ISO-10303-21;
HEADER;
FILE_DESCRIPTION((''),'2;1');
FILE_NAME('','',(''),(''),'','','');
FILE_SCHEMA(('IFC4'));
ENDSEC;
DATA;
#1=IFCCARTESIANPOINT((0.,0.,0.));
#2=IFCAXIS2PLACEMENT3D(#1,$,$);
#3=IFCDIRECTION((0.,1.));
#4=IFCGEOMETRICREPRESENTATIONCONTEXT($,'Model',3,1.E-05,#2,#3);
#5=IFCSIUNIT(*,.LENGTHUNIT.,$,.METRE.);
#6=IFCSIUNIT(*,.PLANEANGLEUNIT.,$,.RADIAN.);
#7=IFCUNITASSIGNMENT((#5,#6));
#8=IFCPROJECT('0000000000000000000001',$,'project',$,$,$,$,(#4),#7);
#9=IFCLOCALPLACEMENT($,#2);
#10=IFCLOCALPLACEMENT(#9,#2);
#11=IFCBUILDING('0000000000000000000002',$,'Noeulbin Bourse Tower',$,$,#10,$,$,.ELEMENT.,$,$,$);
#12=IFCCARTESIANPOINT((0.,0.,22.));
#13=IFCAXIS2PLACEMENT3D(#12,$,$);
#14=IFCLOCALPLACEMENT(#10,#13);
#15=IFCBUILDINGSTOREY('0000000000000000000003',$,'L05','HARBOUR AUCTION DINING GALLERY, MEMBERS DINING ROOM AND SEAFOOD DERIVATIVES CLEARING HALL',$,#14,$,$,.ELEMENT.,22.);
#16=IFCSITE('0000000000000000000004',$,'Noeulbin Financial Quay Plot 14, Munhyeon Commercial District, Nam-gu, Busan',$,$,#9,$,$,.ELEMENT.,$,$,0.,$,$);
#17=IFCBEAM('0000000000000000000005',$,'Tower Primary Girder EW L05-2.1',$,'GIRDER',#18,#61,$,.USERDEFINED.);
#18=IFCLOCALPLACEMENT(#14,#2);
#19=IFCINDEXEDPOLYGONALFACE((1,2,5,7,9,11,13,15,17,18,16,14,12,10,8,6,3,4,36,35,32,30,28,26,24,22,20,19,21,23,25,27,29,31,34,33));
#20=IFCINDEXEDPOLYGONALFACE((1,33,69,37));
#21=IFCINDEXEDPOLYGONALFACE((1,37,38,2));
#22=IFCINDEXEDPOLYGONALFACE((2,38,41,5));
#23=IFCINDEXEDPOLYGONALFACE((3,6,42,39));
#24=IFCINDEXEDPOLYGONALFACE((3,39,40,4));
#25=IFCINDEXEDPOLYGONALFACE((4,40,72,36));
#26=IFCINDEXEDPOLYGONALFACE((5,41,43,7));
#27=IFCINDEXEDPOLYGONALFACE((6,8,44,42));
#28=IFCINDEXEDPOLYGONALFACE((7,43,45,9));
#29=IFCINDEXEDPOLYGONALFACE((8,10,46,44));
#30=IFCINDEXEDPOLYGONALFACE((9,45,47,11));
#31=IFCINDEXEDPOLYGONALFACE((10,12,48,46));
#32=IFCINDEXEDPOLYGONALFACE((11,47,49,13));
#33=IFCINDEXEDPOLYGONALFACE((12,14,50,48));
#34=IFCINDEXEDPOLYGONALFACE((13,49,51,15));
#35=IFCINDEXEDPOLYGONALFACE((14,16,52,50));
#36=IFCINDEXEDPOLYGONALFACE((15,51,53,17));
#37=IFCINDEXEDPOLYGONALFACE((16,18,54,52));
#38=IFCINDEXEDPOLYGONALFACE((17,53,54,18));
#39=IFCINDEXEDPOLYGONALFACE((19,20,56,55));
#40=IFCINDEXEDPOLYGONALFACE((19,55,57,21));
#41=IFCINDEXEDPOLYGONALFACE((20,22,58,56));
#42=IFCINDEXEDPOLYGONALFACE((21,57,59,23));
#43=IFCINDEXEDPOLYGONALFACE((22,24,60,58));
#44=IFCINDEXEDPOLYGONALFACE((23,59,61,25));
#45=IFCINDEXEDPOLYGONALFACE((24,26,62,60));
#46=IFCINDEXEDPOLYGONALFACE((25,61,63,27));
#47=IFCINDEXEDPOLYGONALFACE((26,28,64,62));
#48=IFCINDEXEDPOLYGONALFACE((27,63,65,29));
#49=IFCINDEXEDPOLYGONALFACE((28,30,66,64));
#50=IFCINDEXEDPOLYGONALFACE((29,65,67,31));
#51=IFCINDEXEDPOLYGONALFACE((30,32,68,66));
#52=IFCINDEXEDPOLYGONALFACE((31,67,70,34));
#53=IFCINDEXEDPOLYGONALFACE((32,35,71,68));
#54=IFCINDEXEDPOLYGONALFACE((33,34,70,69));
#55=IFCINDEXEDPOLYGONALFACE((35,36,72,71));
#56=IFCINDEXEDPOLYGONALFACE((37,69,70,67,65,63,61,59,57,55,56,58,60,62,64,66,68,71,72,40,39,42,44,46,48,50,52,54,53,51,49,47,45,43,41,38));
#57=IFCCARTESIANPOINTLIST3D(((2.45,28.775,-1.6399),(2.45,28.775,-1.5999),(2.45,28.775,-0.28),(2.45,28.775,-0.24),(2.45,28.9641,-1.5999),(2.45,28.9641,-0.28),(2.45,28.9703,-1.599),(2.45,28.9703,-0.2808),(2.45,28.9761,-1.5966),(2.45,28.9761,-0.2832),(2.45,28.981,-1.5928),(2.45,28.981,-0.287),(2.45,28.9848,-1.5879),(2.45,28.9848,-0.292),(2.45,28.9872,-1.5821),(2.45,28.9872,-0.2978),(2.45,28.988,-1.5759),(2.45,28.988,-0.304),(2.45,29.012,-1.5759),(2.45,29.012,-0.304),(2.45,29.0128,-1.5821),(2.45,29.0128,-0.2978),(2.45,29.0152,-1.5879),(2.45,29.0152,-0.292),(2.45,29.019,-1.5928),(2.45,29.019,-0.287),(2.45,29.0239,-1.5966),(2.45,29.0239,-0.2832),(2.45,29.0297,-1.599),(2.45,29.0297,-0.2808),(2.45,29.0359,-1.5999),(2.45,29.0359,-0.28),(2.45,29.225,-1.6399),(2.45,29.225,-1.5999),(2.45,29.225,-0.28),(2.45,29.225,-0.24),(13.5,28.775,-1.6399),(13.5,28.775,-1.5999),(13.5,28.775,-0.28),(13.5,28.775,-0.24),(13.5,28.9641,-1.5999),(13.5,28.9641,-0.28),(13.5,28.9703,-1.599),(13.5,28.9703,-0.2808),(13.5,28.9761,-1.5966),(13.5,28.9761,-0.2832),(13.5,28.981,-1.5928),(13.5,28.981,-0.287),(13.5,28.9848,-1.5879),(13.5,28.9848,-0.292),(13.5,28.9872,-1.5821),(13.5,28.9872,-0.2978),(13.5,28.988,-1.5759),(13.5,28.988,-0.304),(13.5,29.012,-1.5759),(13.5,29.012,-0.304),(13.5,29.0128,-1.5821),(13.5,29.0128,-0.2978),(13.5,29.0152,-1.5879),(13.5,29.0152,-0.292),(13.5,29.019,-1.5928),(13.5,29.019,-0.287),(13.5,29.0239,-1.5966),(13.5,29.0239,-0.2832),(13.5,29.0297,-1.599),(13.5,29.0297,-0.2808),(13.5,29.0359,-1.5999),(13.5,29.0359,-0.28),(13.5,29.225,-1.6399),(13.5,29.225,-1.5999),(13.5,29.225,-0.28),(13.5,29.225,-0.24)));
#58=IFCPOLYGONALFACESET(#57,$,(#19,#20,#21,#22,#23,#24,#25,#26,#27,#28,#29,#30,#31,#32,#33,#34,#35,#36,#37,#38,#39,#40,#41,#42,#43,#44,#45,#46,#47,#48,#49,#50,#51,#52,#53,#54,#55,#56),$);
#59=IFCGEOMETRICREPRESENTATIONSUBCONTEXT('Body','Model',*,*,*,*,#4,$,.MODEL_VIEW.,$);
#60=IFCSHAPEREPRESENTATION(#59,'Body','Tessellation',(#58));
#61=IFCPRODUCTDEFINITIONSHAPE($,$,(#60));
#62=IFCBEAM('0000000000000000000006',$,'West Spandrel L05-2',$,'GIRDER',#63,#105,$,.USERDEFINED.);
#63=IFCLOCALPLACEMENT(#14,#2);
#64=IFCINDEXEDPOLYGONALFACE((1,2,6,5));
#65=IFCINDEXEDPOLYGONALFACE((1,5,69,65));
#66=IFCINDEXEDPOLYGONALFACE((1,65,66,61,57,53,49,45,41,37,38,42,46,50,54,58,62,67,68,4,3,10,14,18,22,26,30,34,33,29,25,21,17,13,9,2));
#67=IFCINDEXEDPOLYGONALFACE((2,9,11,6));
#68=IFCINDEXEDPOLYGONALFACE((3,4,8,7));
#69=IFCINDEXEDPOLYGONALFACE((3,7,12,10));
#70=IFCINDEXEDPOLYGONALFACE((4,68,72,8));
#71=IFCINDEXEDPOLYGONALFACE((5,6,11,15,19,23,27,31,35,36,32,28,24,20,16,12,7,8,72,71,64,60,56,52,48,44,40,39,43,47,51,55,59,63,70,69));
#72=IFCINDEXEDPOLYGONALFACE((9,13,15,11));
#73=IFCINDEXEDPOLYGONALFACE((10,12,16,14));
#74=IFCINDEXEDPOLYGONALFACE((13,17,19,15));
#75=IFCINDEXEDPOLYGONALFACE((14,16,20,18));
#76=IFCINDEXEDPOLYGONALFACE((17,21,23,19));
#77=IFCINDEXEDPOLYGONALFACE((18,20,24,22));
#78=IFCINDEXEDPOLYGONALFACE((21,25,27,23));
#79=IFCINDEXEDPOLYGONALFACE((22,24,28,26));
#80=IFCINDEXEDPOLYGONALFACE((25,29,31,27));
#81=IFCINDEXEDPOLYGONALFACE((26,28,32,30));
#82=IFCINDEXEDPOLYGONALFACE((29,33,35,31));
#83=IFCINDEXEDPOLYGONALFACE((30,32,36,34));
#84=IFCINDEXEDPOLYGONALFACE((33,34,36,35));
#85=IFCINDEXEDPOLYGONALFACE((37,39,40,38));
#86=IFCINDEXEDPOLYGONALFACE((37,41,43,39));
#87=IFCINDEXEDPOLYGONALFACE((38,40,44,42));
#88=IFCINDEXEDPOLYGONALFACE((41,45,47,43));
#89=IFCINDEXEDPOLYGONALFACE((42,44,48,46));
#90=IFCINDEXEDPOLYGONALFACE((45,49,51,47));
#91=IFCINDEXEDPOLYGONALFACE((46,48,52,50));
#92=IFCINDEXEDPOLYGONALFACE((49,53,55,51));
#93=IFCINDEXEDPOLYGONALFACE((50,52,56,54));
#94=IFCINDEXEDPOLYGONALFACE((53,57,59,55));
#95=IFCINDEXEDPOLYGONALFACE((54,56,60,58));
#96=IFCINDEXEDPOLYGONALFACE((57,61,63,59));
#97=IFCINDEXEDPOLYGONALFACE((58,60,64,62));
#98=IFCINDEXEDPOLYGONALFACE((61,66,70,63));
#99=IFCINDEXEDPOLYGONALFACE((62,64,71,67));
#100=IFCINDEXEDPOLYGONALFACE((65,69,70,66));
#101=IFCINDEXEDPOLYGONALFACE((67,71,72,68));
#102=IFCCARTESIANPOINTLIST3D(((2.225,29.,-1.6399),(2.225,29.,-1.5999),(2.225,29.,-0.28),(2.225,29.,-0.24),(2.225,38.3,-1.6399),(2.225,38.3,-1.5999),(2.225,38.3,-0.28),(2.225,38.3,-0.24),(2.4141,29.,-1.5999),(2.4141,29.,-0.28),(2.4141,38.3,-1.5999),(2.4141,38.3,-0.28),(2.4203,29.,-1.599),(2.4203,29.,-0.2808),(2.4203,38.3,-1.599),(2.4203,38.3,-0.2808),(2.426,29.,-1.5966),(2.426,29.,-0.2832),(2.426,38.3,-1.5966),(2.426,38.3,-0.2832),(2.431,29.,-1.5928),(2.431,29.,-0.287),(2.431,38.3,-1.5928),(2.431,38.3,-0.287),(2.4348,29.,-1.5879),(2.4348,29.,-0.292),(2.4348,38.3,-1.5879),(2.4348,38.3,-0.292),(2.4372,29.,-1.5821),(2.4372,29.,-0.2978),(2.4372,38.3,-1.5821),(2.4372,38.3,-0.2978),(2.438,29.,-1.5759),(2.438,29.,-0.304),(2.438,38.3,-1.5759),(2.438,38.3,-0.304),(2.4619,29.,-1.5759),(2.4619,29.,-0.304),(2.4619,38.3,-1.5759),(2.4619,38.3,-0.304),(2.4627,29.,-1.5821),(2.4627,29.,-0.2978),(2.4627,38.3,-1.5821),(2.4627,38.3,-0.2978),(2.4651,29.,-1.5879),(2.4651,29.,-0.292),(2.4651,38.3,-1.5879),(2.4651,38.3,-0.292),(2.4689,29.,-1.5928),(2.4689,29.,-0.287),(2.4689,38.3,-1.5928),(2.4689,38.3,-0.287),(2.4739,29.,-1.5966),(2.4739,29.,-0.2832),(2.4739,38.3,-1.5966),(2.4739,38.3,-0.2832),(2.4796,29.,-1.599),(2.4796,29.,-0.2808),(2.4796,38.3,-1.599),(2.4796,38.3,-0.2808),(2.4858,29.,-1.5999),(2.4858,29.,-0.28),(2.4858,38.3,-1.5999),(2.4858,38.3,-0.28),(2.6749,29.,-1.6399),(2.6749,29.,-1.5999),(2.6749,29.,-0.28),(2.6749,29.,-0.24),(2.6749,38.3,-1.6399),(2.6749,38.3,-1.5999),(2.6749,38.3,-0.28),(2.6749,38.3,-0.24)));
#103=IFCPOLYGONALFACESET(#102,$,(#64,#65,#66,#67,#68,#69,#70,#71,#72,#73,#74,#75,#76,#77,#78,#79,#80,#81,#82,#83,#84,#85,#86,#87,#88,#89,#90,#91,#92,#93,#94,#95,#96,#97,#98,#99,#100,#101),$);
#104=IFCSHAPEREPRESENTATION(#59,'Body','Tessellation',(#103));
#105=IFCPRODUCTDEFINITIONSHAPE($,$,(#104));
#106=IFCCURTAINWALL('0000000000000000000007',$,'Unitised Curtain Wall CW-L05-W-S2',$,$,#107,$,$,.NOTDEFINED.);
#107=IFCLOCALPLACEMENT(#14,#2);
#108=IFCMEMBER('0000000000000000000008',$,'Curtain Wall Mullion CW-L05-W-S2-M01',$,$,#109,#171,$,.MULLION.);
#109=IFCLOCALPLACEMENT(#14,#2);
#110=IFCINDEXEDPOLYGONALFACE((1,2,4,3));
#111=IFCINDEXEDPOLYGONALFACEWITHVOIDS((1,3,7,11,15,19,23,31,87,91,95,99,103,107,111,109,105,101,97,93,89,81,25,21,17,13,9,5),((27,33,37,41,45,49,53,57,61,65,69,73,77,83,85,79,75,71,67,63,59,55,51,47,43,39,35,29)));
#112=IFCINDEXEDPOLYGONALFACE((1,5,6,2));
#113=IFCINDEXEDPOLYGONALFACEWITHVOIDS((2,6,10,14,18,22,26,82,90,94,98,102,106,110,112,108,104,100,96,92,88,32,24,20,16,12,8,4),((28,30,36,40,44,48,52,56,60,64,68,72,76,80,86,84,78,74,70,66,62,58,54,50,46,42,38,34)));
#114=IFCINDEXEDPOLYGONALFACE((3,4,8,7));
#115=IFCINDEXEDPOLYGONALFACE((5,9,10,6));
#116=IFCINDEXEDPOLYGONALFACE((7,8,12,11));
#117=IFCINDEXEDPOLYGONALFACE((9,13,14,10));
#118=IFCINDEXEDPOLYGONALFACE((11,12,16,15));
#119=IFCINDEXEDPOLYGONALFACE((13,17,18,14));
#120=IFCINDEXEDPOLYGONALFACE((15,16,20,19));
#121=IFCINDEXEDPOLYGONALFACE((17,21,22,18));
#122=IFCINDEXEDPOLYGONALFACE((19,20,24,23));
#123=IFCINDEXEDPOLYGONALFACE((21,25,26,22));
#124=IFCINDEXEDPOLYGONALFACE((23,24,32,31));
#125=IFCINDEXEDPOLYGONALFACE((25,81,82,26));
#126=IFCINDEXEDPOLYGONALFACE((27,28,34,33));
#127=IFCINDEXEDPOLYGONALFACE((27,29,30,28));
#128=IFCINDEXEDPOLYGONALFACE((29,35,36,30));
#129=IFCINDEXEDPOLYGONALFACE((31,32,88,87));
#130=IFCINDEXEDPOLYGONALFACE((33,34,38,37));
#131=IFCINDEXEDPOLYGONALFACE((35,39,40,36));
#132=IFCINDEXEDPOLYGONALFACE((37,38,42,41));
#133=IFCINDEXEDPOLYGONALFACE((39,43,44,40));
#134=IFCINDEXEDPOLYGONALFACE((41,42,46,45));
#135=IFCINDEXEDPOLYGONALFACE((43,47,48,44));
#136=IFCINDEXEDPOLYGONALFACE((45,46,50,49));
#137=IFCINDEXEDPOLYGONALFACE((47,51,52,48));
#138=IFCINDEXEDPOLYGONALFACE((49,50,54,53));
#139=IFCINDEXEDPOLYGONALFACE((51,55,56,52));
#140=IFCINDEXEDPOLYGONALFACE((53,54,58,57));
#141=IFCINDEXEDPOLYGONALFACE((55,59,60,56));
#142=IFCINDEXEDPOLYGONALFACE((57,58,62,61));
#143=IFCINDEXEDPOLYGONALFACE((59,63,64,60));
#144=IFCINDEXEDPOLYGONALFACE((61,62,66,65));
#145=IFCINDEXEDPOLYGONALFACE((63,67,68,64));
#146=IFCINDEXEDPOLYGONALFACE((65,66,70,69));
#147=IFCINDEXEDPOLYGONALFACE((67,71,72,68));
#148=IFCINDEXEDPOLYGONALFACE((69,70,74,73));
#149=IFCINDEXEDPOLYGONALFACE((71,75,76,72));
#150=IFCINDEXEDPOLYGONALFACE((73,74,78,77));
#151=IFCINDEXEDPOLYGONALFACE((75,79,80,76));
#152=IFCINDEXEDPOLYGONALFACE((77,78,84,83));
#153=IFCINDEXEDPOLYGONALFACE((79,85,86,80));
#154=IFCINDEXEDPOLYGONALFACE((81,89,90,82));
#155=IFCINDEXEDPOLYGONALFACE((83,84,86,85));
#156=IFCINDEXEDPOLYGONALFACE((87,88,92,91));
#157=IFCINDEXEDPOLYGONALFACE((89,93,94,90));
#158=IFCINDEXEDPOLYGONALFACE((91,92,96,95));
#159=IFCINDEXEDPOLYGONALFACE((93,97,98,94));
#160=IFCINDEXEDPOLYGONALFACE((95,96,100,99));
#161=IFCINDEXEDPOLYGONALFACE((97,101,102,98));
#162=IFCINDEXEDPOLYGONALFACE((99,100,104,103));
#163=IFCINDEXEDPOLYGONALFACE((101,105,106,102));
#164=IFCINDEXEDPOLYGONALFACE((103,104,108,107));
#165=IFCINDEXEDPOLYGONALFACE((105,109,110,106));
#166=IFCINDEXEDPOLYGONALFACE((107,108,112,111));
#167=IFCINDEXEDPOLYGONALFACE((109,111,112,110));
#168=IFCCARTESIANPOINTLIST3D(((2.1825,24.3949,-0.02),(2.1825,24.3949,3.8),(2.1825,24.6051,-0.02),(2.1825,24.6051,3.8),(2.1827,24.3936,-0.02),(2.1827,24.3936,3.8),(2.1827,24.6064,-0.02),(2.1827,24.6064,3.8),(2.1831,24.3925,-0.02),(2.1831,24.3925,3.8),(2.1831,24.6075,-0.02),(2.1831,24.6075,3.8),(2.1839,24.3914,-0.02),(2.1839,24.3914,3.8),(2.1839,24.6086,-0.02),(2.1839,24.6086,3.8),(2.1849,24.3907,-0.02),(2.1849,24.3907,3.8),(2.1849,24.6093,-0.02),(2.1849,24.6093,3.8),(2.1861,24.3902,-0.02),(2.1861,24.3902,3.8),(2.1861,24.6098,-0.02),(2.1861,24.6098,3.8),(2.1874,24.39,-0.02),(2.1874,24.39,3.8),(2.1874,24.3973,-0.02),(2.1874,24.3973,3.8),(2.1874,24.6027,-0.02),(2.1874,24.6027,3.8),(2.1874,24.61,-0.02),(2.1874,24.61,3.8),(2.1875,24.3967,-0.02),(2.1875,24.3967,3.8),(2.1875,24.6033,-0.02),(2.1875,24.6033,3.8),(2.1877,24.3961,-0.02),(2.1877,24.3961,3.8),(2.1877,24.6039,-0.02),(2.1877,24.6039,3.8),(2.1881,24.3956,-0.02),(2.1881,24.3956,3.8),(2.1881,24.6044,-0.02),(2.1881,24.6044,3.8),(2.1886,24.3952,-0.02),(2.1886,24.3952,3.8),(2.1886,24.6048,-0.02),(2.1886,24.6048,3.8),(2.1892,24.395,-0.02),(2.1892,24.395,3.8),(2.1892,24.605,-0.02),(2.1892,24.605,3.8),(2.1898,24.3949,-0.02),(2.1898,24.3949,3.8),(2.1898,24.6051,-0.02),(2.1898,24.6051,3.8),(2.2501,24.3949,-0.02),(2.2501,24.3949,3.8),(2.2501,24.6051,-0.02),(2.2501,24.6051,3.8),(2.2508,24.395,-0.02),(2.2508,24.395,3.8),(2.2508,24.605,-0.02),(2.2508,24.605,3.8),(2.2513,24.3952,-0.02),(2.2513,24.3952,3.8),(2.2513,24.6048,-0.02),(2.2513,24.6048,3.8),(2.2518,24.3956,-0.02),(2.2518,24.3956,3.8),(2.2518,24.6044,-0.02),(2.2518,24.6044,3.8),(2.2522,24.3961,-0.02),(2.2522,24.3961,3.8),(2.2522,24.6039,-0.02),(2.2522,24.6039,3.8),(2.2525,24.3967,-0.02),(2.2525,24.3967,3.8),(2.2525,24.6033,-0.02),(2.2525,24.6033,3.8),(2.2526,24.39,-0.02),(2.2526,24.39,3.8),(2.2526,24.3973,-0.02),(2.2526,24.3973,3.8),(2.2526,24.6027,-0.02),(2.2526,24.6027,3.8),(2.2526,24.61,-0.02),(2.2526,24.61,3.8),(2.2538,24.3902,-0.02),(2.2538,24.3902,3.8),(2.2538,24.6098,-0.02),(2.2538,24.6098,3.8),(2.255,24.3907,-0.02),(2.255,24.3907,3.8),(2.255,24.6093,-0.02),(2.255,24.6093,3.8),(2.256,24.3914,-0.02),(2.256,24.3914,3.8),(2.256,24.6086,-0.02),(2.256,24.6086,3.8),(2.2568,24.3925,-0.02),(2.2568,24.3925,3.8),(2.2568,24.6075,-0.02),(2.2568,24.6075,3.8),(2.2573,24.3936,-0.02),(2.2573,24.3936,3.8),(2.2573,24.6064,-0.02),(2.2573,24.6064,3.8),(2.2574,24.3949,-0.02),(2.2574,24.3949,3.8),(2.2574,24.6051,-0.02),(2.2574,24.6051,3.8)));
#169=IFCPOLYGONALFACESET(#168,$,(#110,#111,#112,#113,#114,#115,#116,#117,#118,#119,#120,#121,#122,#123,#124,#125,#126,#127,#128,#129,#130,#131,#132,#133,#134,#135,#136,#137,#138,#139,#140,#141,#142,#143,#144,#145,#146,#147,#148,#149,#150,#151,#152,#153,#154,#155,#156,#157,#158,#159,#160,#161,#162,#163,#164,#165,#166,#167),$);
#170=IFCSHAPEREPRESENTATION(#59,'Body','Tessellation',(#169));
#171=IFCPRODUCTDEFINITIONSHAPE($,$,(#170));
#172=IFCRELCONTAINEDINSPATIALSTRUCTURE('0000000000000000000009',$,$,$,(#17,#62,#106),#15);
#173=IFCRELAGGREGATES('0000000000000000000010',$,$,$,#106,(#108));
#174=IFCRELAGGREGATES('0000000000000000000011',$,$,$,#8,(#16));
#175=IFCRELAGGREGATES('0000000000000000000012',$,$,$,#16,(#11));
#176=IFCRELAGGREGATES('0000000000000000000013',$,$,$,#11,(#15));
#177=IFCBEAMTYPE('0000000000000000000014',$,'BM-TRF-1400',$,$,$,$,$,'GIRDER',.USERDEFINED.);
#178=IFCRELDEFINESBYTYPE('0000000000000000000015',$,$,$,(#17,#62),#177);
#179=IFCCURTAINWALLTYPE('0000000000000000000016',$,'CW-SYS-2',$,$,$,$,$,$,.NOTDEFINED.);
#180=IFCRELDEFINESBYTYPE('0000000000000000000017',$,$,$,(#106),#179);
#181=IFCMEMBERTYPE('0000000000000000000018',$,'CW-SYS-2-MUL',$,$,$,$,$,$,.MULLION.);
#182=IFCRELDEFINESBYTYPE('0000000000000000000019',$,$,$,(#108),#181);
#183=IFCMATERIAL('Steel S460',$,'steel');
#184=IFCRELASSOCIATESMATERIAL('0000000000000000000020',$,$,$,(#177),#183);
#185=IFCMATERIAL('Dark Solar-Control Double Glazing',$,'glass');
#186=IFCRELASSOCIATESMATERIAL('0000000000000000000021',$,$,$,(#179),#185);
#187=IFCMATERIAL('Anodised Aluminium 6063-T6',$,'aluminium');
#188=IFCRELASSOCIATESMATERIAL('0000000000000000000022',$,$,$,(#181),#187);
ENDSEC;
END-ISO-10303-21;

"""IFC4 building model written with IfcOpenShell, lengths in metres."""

from ifc_helpers import new_model, si_unit, direction, frame, origin, origin_2d, place, context, subcontext, project, spatial, hollow_rectangle, i_section, extrude, material, material_profile, profile_set, type_object, element, aggregate, save


model = new_model("IFC4")

# Units and contexts
model_context = context("Model", 3, precision=1e-05, world=origin(), true_north=direction((0.0, 1.0)))
body_context = subcontext(model_context, "Body", "Model", "MODEL_VIEW")
ifc_project = project(units=[si_unit("LENGTHUNIT", "METRE"), si_unit("PLANEANGLEUNIT", "RADIAN")], contexts=[model_context])

# Site, building, storey
site_placement = place(None, origin())
site = spatial("IfcSite", under=ifc_project, at=site_placement, Name="Noeulbin Financial Quay Plot 14, Munhyeon Commercial District, Nam-gu, Busan", CompositionType="ELEMENT", RefElevation=0.0)
building_placement = place(site_placement, origin())
building = spatial("IfcBuilding", under=site, at=building_placement, Name="Noeulbin Bourse Tower", CompositionType="ELEMENT")
storey_placement = place(building_placement, frame((0.0, 0.0, 22.0)))
storey = spatial("IfcBuildingStorey", under=building, at=storey_placement, Name="L05", Description="HARBOUR AUCTION DINING GALLERY, MEMBERS DINING ROOM AND SEAFOOD DERIVATIVES CLEARING HALL", CompositionType="ELEMENT", Elevation=22.0)

# Shared definitions
ifc_material_1 = material(Name="Steel S460", Category="steel")

# Beams
ifc_material_profile_1 = material_profile(ifc_material_1, i_section(OverallWidth=0.45, OverallDepth=1.3999, WebThickness=0.0239, FlangeThickness=0.04, FilletRadius=0.0239, at=origin_2d()), Name="PG-1400x450x24x40", Category="LoadBearing")
ifc_profile_set_1 = profile_set([ifc_material_profile_1], Name="Steel S460")
beam_type_1 = type_object("IfcBeamType", Name="BM-TRF-1400", ElementType="GIRDER", PredefinedType="USERDEFINED", material=ifc_profile_set_1)
beam_1_placement = place(storey_placement, frame((2.45, 29.0, -0.9399), z_axis=(1.0, 0.0, 0.0), x_axis=(0.0, 1.0, 0.0)))
element("IfcBeam", 1, at=beam_1_placement, inside=storey, type_object=beam_type_1, Name="Tower Primary Girder EW L05-2.1", ObjectType="GIRDER", PredefinedType="USERDEFINED", context=body_context, shape_type="SweptSolid", body=[
    extrude(i_section(OverallWidth=0.45, OverallDepth=1.3999, WebThickness=0.0239, FlangeThickness=0.04, FilletRadius=0.0239, at=origin_2d()), origin(), (0.0, 0.0, 1.0), 11.05),
])
beam_2_placement = place(storey_placement, frame((2.45, 29.0, -0.9399), z_axis=(0.0, 1.0, 0.0), x_axis=(-1.0, 0.0, 0.0)))
element("IfcBeam", 2, at=beam_2_placement, inside=storey, type_object=beam_type_1, Name="West Spandrel L05-2", ObjectType="GIRDER", PredefinedType="USERDEFINED", context=body_context, shape_type="SweptSolid", body=[
    extrude(i_section(OverallWidth=0.45, OverallDepth=1.3999, WebThickness=0.0239, FlangeThickness=0.04, FilletRadius=0.0239, at=origin_2d()), origin(), (0.0, 0.0, 1.0), 9.3),
])

# Curtain wall, member
ifc_material_2 = material(Name="Dark Solar-Control Double Glazing", Category="glass")
curtain_wall_type = type_object("IfcCurtainWallType", Name="CW-SYS-2", PredefinedType="NOTDEFINED", material=ifc_material_2)
curtain_wall_1_placement = place(storey_placement, origin())
curtain_wall_1 = element("IfcCurtainWall", 3, at=curtain_wall_1_placement, inside=storey, type_object=curtain_wall_type, Name="Unitised Curtain Wall CW-L05-W-S2", PredefinedType="NOTDEFINED")
ifc_material_3 = material(Name="Anodised Aluminium 6063-T6", Category="aluminium")
ifc_material_profile_2 = material_profile(ifc_material_3, hollow_rectangle(XDim=0.075, YDim=0.22, WallThickness=0.0049, InnerFilletRadius=0.0024, OuterFilletRadius=0.0049, at=origin_2d()), Name="ALU-MULL-75x220x5", Category="LoadBearing")
ifc_profile_set_2 = profile_set([ifc_material_profile_2], Name="Anodised Aluminium 6063-T6")
member_type_1 = type_object("IfcMemberType", Name="CW-SYS-2-MUL", PredefinedType="MULLION", material=ifc_profile_set_2)
member_1_placement = place(storey_placement, frame((2.22, 24.5, -0.02), z_axis=(0.0, 0.0, 1.0), x_axis=(1.0, 0.0, 0.0)))
member_1 = element("IfcMember", 4, at=member_1_placement, type_object=member_type_1, Name="Curtain Wall Mullion CW-L05-W-S2-M01", PredefinedType="MULLION", context=body_context, shape_type="SweptSolid", body=[
    extrude(hollow_rectangle(XDim=0.075, YDim=0.22, WallThickness=0.0049, InnerFilletRadius=0.0024, OuterFilletRadius=0.0049, at=origin_2d()), origin(), (0.0, 0.0, 1.0), 3.8201),
])

aggregate(curtain_wall_1, [member_1])

save(model, "model.ifc")
